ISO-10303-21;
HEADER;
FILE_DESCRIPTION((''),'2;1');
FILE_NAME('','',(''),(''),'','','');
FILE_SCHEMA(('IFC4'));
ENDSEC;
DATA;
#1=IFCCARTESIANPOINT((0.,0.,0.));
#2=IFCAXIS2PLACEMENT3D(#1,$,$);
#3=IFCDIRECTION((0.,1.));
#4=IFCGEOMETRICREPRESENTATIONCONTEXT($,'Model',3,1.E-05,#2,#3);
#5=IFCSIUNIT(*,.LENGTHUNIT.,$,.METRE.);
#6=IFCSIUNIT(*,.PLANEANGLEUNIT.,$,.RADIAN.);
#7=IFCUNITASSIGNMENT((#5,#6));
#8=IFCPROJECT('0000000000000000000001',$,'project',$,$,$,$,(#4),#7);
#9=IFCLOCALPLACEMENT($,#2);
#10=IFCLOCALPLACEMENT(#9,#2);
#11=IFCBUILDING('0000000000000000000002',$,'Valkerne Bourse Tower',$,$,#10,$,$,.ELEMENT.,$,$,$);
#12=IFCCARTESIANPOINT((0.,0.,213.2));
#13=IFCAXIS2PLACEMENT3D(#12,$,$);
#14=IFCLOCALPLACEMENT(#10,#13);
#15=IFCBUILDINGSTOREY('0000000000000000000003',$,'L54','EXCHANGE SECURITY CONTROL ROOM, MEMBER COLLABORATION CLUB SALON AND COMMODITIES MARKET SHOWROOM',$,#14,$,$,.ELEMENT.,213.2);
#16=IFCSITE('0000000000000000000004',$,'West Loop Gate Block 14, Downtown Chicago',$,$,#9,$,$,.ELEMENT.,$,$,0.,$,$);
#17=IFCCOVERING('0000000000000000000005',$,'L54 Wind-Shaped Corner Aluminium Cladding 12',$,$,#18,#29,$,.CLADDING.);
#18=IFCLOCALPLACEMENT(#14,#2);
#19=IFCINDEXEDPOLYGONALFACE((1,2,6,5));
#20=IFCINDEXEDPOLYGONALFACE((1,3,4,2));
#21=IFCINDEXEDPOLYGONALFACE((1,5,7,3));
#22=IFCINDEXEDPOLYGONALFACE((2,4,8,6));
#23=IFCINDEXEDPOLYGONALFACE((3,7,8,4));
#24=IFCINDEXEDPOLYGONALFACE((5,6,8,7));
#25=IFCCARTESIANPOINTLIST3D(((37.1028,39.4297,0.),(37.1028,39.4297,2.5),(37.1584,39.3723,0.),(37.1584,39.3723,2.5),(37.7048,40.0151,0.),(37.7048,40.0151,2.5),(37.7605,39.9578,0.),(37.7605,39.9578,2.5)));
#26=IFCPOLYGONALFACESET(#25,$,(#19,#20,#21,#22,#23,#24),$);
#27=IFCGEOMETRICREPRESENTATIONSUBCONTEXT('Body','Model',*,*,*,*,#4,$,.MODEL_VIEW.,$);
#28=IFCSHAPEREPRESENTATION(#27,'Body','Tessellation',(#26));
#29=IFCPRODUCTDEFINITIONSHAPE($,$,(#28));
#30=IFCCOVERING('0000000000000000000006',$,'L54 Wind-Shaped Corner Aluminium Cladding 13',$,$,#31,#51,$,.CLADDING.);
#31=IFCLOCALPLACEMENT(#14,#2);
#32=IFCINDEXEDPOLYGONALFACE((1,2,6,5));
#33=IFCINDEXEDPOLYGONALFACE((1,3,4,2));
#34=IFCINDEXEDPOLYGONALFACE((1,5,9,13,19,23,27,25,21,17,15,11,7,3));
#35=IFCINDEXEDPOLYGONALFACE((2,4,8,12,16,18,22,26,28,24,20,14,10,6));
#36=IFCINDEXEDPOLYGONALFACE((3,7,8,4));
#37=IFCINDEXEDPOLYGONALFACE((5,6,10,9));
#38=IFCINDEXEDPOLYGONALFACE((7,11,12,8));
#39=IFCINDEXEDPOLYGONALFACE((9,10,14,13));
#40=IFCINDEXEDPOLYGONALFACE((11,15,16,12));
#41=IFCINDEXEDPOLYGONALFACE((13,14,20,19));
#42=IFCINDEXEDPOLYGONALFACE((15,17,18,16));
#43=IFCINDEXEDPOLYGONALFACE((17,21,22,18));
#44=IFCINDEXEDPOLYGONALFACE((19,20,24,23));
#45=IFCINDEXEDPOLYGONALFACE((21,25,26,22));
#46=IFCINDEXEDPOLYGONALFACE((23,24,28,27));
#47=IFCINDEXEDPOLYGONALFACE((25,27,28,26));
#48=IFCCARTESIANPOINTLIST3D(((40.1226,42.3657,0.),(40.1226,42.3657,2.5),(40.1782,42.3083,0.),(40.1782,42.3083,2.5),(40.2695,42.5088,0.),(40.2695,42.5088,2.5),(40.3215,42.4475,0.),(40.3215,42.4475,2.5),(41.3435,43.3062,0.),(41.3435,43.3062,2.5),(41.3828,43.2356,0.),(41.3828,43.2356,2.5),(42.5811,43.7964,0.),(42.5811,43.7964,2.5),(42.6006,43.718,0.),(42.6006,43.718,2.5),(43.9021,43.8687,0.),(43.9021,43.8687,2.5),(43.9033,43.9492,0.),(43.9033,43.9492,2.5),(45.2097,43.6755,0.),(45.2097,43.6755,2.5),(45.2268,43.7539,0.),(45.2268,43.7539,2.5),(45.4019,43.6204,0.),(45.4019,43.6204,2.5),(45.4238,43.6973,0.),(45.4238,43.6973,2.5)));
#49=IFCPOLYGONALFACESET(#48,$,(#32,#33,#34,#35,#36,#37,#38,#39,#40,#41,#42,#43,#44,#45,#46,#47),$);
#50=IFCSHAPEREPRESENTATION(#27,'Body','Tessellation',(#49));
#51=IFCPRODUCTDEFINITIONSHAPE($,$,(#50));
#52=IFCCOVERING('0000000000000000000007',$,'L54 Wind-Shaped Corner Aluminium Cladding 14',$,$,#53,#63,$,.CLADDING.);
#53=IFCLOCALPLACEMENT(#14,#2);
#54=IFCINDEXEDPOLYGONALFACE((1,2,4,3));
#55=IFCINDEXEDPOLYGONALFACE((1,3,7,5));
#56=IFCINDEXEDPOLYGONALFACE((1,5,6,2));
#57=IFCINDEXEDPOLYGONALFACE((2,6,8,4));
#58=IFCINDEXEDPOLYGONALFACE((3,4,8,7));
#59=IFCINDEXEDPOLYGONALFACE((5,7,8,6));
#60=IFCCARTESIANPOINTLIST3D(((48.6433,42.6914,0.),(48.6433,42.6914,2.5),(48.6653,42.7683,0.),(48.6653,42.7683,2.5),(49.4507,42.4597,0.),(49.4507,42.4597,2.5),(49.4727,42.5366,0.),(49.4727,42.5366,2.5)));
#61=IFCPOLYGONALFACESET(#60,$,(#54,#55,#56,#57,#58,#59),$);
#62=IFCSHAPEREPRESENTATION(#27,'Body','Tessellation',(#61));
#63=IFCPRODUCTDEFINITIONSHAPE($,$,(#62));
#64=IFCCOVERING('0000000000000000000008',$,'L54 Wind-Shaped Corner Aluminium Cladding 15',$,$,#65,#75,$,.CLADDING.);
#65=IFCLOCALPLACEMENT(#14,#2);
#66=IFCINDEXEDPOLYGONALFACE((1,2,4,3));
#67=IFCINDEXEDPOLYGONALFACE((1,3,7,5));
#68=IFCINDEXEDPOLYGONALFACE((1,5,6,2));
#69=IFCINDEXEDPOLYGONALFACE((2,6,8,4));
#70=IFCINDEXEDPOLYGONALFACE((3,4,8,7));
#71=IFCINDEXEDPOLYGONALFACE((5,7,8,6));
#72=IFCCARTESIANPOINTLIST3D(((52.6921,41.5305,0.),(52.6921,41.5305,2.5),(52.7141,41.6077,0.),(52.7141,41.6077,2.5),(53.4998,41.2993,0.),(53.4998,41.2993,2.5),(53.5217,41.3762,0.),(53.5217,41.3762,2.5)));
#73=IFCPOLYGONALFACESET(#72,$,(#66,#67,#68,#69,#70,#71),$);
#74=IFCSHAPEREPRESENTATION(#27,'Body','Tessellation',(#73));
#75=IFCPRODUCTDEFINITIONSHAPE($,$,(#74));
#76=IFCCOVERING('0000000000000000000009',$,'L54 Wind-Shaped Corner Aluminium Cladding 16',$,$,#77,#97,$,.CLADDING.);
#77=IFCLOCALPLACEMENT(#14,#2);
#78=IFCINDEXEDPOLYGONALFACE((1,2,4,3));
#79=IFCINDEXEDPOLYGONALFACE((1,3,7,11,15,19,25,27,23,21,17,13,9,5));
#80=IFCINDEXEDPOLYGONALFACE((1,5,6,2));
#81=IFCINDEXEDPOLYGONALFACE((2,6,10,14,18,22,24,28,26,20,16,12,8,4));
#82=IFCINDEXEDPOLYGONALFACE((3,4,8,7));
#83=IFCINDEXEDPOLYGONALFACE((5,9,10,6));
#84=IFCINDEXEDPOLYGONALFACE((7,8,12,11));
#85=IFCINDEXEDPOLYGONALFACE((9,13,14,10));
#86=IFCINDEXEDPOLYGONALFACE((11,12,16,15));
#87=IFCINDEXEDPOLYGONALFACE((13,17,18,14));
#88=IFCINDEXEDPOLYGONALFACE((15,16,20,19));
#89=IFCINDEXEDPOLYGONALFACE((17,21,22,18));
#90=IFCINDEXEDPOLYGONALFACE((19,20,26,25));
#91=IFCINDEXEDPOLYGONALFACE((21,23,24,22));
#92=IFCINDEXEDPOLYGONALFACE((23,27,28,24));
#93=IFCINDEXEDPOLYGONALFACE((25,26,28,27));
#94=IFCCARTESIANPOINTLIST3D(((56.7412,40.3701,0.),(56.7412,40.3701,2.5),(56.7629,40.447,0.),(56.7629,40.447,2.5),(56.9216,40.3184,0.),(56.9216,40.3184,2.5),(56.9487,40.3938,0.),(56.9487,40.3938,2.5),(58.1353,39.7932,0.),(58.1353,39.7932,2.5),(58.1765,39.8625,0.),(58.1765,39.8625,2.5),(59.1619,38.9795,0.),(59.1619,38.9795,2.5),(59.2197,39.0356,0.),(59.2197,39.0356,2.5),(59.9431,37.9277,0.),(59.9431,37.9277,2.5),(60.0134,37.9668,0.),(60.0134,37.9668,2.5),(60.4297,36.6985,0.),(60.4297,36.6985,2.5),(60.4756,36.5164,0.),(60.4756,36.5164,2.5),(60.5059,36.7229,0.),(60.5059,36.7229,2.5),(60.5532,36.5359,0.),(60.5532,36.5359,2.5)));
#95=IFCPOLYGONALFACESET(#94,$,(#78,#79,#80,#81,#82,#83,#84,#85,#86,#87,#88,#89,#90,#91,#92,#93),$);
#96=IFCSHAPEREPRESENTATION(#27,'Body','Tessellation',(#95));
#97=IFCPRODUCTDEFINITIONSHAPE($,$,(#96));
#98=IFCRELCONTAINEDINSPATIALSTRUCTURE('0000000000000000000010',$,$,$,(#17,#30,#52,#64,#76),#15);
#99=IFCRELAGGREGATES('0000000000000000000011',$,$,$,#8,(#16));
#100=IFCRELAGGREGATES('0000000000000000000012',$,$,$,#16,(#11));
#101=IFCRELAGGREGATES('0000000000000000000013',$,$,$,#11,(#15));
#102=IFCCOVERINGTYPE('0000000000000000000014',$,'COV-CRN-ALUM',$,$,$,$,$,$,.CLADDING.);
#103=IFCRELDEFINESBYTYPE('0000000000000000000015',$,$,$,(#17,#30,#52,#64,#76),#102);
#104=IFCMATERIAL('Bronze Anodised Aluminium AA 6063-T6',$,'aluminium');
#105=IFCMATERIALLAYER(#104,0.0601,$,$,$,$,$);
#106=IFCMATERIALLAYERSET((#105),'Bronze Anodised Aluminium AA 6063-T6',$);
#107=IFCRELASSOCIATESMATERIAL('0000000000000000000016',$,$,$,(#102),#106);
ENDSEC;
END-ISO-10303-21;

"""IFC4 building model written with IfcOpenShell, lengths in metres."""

from ifc_helpers import new_model, si_unit, direction, frame, origin, place, context, subcontext, project, spatial, polyline, outline, extrude, material, layer, layer_set, type_object, element, save


model = new_model("IFC4")

# Units and contexts
model_context = context("Model", 3, precision=1e-05, world=origin(), true_north=direction((0.0, 1.0)))
body_context = subcontext(model_context, "Body", "Model", "MODEL_VIEW")
ifc_project = project(units=[si_unit("LENGTHUNIT", "METRE"), si_unit("PLANEANGLEUNIT", "RADIAN")], contexts=[model_context])

# Site, building, storey
site_placement = place(None, origin())
site = spatial("IfcSite", under=ifc_project, at=site_placement, Name="West Loop Gate Block 14, Downtown Chicago", CompositionType="ELEMENT", RefElevation=0.0)
building_placement = place(site_placement, origin())
building = spatial("IfcBuilding", under=site, at=building_placement, Name="Valkerne Bourse Tower", CompositionType="ELEMENT")
storey_placement = place(building_placement, frame((0.0, 0.0, 213.2)))
storey = spatial("IfcBuildingStorey", under=building, at=storey_placement, Name="L54", Description="EXCHANGE SECURITY CONTROL ROOM, MEMBER COLLABORATION CLUB SALON AND COMMODITIES MARKET SHOWROOM", CompositionType="ELEMENT", Elevation=213.2)

# Coverings
ifc_material_1 = material(Name="Bronze Anodised Aluminium AA 6063-T6", Category="aluminium")
ifc_layer_1 = layer(ifc_material_1, 0.0601)
ifc_layer_set_1 = layer_set([ifc_layer_1], Name="Bronze Anodised Aluminium AA 6063-T6")
covering_type = type_object("IfcCoveringType", Name="COV-CRN-ALUM", PredefinedType="CLADDING", material=ifc_layer_set_1)
covering_1_placement = place(storey_placement, origin())
element("IfcCovering", 1, at=covering_1_placement, inside=storey, type_object=covering_type, Name="L54 Wind-Shaped Corner Aluminium Cladding 12", PredefinedType="CLADDING", context=body_context, shape_type="SweptSolid", body=[
    extrude(outline(polyline([(37.7048, 40.0151), (37.7605, 39.9578), (37.1584, 39.3723), (37.1028, 39.4297), (37.7048, 40.0151)])), origin(), (0.0, 0.0, 1.0), 2.5),
])
covering_2_placement = place(storey_placement, origin())
element("IfcCovering", 2, at=covering_2_placement, inside=storey, type_object=covering_type, Name="L54 Wind-Shaped Corner Aluminium Cladding 13", PredefinedType="CLADDING", context=body_context, shape_type="SweptSolid", body=[
    extrude(outline(polyline([(40.2695, 42.5088), (41.3435, 43.3062), (42.5811, 43.7964), (43.9033, 43.9492), (45.2268, 43.7539), (45.4238, 43.6973), (45.4019, 43.6204), (45.2097, 43.6755), (43.9021, 43.8687), (42.6006, 43.718), (41.3828, 43.2356), (40.3215, 42.4475), (40.1782, 42.3083), (40.1226, 42.3657), (40.2695, 42.5088)])), origin(), (0.0, 0.0, 1.0), 2.5),
])
covering_3_placement = place(storey_placement, origin())
element("IfcCovering", 3, at=covering_3_placement, inside=storey, type_object=covering_type, Name="L54 Wind-Shaped Corner Aluminium Cladding 14", PredefinedType="CLADDING", context=body_context, shape_type="SweptSolid", body=[
    extrude(outline(polyline([(49.4727, 42.5366), (49.4507, 42.4597), (48.6433, 42.6914), (48.6653, 42.7683), (49.4727, 42.5366)])), origin(), (0.0, 0.0, 1.0), 2.5),
])
covering_4_placement = place(storey_placement, origin())
element("IfcCovering", 4, at=covering_4_placement, inside=storey, type_object=covering_type, Name="L54 Wind-Shaped Corner Aluminium Cladding 15", PredefinedType="CLADDING", context=body_context, shape_type="SweptSolid", body=[
    extrude(outline(polyline([(53.5217, 41.3762), (53.4998, 41.2993), (52.6921, 41.5305), (52.7141, 41.6077), (53.5217, 41.3762)])), origin(), (0.0, 0.0, 1.0), 2.5),
])
covering_5_placement = place(storey_placement, origin())
element("IfcCovering", 5, at=covering_5_placement, inside=storey, type_object=covering_type, Name="L54 Wind-Shaped Corner Aluminium Cladding 16", PredefinedType="CLADDING", context=body_context, shape_type="SweptSolid", body=[
    extrude(outline(polyline([(56.9487, 40.3938), (58.1765, 39.8625), (59.2197, 39.0356), (60.0134, 37.9668), (60.5059, 36.7229), (60.5532, 36.5359), (60.4756, 36.5164), (60.4297, 36.6985), (59.9431, 37.9277), (59.1619, 38.9795), (58.1353, 39.7932), (56.9216, 40.3184), (56.7412, 40.3701), (56.7629, 40.447), (56.9487, 40.3938)])), origin(), (0.0, 0.0, 1.0), 2.5),
])

save(model, "model.ifc")
